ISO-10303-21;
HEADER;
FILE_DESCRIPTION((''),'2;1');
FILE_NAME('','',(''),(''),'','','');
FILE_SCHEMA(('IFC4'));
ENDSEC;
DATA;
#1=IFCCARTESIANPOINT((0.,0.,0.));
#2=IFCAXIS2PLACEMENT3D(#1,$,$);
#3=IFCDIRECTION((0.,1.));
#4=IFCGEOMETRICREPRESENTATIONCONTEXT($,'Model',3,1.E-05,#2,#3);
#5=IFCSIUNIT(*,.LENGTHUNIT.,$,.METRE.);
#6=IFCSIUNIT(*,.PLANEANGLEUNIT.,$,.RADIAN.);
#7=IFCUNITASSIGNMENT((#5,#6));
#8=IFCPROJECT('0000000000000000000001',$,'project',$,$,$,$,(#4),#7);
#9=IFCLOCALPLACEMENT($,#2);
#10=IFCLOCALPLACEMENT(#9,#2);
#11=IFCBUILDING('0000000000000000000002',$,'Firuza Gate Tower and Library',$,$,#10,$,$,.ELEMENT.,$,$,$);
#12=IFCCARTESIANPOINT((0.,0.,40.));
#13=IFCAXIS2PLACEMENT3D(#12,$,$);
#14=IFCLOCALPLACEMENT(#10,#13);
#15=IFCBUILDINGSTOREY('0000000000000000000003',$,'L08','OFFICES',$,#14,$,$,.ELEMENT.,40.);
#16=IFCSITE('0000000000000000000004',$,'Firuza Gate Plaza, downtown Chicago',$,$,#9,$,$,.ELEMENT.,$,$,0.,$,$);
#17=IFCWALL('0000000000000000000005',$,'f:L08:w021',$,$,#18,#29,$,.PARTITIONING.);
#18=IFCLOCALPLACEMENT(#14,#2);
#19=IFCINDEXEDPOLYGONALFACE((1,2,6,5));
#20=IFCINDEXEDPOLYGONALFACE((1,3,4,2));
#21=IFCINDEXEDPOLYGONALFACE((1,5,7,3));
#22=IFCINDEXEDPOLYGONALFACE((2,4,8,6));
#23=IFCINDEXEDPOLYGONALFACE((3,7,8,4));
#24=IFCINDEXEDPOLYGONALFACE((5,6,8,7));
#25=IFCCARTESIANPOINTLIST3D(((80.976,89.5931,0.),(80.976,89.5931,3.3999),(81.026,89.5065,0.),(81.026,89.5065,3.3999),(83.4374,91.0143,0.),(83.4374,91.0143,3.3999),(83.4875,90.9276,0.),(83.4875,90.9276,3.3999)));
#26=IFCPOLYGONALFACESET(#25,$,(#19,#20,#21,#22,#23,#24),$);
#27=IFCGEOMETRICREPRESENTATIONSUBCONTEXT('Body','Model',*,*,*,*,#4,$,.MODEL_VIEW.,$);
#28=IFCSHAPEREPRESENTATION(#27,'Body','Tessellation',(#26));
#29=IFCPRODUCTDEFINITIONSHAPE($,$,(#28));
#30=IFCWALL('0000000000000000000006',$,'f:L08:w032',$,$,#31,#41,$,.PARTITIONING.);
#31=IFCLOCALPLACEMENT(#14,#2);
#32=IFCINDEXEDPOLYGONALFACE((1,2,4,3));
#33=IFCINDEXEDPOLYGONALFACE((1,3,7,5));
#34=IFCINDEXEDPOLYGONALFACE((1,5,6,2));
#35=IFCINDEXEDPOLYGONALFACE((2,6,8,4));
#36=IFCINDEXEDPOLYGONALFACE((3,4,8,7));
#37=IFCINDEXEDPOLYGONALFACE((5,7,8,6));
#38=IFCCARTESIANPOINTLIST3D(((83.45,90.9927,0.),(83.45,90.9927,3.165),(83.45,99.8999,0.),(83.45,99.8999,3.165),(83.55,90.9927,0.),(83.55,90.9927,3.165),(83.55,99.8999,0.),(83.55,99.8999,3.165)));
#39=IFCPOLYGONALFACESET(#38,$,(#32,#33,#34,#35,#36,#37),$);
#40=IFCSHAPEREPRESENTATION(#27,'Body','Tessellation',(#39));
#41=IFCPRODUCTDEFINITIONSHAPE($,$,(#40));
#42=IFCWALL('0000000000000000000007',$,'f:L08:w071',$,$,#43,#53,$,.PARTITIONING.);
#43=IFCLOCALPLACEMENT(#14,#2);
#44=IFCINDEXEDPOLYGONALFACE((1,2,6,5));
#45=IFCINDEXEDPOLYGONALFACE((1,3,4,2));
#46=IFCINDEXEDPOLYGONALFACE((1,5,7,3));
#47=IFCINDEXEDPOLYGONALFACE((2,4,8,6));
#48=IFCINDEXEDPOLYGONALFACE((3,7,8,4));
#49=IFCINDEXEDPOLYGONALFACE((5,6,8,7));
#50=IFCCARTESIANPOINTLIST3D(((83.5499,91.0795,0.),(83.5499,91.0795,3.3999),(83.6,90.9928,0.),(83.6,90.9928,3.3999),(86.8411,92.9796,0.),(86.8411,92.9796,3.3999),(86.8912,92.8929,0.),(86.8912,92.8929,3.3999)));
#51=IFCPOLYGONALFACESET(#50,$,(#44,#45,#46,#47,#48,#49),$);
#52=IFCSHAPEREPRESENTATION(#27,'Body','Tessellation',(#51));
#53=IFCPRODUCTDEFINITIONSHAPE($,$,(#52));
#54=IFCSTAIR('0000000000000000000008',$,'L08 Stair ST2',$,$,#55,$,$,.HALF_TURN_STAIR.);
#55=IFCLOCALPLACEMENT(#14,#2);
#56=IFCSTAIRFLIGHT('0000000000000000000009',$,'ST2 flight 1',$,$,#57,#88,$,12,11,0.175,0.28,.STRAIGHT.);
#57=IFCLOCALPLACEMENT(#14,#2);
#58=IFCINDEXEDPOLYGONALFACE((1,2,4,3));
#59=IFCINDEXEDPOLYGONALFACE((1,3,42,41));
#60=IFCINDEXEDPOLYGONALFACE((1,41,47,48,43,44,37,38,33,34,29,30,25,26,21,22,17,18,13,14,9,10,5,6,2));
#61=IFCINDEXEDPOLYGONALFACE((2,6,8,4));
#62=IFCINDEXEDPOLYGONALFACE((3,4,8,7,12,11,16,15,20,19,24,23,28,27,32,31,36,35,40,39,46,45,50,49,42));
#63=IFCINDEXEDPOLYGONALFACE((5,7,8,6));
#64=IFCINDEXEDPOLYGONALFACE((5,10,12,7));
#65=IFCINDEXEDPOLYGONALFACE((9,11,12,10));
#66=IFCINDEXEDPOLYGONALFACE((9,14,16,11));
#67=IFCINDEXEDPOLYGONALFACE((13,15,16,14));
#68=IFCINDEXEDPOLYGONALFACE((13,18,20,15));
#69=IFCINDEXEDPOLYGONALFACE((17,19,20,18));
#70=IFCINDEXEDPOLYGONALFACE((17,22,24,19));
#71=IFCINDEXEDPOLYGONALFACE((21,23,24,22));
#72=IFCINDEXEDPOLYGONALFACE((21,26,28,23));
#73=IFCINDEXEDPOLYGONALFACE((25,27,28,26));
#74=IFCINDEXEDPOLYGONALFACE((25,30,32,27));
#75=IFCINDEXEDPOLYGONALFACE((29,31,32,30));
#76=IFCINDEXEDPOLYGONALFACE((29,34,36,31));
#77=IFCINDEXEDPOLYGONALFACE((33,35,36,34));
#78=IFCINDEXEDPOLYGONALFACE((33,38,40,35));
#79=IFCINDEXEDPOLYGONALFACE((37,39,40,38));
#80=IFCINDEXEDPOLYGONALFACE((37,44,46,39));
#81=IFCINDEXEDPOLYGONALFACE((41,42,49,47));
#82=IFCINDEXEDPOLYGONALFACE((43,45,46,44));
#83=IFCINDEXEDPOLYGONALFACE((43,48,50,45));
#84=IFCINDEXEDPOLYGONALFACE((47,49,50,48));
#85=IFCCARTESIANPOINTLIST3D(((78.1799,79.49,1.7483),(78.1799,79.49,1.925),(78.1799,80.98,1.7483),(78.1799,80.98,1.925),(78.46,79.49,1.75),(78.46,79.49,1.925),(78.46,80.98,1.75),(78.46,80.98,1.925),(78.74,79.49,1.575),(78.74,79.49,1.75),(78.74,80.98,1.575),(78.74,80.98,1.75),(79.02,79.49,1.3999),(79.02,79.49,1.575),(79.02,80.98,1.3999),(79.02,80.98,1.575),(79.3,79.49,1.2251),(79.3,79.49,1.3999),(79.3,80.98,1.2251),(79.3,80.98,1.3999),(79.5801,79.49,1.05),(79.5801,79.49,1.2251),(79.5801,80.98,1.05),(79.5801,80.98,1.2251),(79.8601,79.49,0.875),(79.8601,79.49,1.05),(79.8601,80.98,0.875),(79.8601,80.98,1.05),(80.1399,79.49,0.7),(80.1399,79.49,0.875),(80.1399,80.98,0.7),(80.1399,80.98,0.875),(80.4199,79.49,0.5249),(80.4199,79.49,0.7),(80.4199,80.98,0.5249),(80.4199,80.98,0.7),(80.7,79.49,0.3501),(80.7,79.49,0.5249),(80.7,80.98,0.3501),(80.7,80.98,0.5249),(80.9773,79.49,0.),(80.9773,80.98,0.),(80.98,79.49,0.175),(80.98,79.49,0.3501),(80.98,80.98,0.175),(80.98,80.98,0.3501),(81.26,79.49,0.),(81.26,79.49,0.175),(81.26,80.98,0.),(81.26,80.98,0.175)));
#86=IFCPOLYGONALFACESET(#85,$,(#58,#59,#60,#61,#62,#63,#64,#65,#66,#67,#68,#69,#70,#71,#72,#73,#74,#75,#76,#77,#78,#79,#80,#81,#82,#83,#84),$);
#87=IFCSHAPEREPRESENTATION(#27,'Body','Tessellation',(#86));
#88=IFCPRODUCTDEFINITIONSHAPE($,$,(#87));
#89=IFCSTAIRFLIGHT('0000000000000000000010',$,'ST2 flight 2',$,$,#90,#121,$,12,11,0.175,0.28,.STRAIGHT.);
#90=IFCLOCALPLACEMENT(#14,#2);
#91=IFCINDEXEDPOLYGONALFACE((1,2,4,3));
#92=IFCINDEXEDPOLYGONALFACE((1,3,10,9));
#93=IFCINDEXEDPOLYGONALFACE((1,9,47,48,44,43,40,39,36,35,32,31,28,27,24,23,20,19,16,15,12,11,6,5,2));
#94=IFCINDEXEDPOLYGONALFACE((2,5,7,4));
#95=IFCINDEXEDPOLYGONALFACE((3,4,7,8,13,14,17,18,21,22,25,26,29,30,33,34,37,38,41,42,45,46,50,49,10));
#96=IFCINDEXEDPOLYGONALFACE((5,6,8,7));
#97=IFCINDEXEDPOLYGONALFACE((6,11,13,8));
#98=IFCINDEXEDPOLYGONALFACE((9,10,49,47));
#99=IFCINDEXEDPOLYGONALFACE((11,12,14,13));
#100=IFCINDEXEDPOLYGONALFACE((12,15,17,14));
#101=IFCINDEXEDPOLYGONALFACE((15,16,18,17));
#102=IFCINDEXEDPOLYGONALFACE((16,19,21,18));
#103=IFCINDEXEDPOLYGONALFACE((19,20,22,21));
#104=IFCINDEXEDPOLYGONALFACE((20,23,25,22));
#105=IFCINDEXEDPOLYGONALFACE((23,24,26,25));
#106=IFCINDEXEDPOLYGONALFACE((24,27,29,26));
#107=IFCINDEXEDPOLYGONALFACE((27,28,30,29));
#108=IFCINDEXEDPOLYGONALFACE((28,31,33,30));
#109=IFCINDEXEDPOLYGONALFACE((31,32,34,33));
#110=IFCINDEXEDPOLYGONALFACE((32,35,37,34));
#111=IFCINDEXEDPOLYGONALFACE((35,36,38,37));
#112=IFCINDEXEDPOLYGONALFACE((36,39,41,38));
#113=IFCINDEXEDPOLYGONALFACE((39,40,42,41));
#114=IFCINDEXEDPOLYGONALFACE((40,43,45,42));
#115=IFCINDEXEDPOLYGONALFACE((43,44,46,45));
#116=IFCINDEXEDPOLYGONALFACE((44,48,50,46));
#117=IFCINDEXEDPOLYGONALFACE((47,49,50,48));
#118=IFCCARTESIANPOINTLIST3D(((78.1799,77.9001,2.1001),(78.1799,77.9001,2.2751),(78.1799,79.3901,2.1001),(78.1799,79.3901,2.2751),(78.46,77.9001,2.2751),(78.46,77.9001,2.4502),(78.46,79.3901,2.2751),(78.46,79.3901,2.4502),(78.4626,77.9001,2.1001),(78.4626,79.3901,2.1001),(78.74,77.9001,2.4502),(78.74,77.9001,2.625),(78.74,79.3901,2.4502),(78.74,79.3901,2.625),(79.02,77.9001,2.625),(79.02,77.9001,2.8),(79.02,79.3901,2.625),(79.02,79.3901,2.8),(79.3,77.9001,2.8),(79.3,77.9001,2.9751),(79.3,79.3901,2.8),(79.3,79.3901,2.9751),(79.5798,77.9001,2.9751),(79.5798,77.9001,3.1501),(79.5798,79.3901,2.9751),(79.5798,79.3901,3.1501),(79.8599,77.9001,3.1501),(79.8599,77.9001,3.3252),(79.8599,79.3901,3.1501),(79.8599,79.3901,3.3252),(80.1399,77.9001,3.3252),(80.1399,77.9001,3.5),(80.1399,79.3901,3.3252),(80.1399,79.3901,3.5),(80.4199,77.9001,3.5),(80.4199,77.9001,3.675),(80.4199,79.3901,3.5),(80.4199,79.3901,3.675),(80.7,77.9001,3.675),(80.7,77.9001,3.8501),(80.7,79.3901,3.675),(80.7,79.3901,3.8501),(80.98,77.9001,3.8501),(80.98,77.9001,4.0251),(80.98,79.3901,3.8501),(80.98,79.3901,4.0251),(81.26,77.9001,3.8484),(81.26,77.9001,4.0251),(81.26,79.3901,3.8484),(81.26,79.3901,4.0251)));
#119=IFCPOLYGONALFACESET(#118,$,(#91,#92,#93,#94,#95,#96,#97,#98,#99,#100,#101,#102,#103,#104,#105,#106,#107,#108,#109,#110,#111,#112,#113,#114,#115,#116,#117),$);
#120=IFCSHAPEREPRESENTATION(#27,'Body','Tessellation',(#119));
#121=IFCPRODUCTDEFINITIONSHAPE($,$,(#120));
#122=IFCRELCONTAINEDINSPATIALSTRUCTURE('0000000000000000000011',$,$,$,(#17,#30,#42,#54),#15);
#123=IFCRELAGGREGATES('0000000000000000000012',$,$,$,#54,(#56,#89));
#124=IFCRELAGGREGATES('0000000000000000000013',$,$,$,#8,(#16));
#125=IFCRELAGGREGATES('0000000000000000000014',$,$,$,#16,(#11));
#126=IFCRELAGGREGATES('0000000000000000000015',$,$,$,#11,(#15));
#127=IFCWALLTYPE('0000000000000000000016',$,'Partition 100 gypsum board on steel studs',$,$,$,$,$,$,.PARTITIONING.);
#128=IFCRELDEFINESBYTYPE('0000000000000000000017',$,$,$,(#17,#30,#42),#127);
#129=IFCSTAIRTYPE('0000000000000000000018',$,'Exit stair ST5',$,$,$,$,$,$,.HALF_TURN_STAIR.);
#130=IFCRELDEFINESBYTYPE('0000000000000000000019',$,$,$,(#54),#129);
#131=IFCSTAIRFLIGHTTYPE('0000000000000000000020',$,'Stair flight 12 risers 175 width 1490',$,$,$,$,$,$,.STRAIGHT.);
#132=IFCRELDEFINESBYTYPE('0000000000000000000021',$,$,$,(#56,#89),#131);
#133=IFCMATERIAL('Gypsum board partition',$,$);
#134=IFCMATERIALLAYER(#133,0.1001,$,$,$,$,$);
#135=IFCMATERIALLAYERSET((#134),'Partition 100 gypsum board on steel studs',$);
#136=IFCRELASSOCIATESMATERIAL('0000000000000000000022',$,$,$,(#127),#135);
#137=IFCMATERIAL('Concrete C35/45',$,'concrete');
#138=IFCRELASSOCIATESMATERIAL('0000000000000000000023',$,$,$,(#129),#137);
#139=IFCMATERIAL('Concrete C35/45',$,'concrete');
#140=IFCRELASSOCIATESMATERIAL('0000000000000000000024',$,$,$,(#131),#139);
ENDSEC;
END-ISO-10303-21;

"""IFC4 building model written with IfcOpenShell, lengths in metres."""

from ifc_helpers import new_model, si_unit, direction, frame, frame_2d, origin, place, context, subcontext, project, spatial, polyline, rectangle, outline, extrude, material, layer, layer_set, type_object, element, aggregate, save


model = new_model("IFC4")

# Units and contexts
model_context = context("Model", 3, precision=1e-05, world=origin(), true_north=direction((0.0, 1.0)))
body_context = subcontext(model_context, "Body", "Model", "MODEL_VIEW")
ifc_project = project(units=[si_unit("LENGTHUNIT", "METRE"), si_unit("PLANEANGLEUNIT", "RADIAN")], contexts=[model_context])

# Site, building, storey
site_placement = place(None, origin())
site = spatial("IfcSite", under=ifc_project, at=site_placement, Name="Firuza Gate Plaza, downtown Chicago", CompositionType="ELEMENT", RefElevation=0.0)
building_placement = place(site_placement, origin())
building = spatial("IfcBuilding", under=site, at=building_placement, Name="Firuza Gate Tower and Library", CompositionType="ELEMENT")
storey_placement = place(building_placement, frame((0.0, 0.0, 40.0)))
storey = spatial("IfcBuildingStorey", under=building, at=storey_placement, Name="L08", Description="OFFICES", CompositionType="ELEMENT", Elevation=40.0)

# Shared definitions
placement = place(storey_placement, origin())

# Walls
ifc_material_1 = material(Name="Gypsum board partition")
ifc_layer_1 = layer(ifc_material_1, 0.1001)
ifc_layer_set_1 = layer_set([ifc_layer_1], Name="Partition 100 gypsum board on steel studs")
wall_type_1 = type_object("IfcWallType", Name="Partition 100 gypsum board on steel studs", PredefinedType="PARTITIONING", material=ifc_layer_set_1)
wall_1_placement = place(storey_placement, frame((81.001, 89.5498, 0.0), z_axis=(0.0, 0.0, 1.0), x_axis=(0.86602, 0.50001, 0.0)))
element("IfcWall", 1, at=wall_1_placement, inside=storey, type_object=wall_type_1, Name="f:L08:w021", PredefinedType="PARTITIONING", context=body_context, shape_type="SweptSolid", body=[
    extrude(rectangle(XDim=2.8423, YDim=0.1001, at=frame_2d((1.4211, 0.0))), origin(), (0.0, 0.0, 1.0), 3.3999),
])
wall_2_placement = place(storey_placement, frame((83.5, 90.9927, 0.0), z_axis=(0.0, 0.0, 1.0), x_axis=(0.0, 1.0, 0.0)))
element("IfcWall", 2, at=wall_2_placement, inside=storey, type_object=wall_type_1, Name="f:L08:w032", PredefinedType="PARTITIONING", context=body_context, shape_type="SweptSolid", body=[
    extrude(rectangle(XDim=8.9072, YDim=0.1001, at=frame_2d((4.4536, 0.0))), origin(), (0.0, 0.0, 1.0), 3.165),
])
wall_3_placement = place(storey_placement, frame((83.575, 91.0361, 0.0), z_axis=(0.0, 0.0, 1.0), x_axis=(0.866033, 0.499988, 0.0)))
element("IfcWall", 3, at=wall_3_placement, inside=storey, type_object=wall_type_1, Name="f:L08:w071", PredefinedType="PARTITIONING", context=body_context, shape_type="SweptSolid", body=[
    extrude(rectangle(XDim=3.8003, YDim=0.1001, at=frame_2d((1.9001, 0.0))), origin(), (0.0, 0.0, 1.0), 3.3999),
])

# Stair, stair flights
ifc_material_2 = material(Name="Concrete C35/45", Category="concrete")
stair_type = type_object("IfcStairType", Name="Exit stair ST5", PredefinedType="HALF_TURN_STAIR", material=ifc_material_2)
stair = element("IfcStair", 4, at=placement, inside=storey, type_object=stair_type, Name="L08 Stair ST2", PredefinedType="HALF_TURN_STAIR")
ifc_material_3 = material(Name="Concrete C35/45", Category="concrete")
stair_flight_type = type_object("IfcStairFlightType", Name="Stair flight 12 risers 175 width 1490", PredefinedType="STRAIGHT", material=ifc_material_3)
stair_flight_1_placement = place(storey_placement, frame((81.26, 80.2351, 0.0), z_axis=(0.0, 0.0, 1.0), x_axis=(-1.0, 0.0, 0.0)))
stair_flight_1 = element("IfcStairFlight", 5, at=stair_flight_1_placement, type_object=stair_flight_type, Name="ST2 flight 1", NumberOfRisers=12, NumberOfTreads=11, PredefinedType="STRAIGHT", RiserHeight=0.175, TreadLength=0.28, context=body_context, shape_type="SweptSolid", body=[
    extrude(outline(polyline([(0.0, 0.0), (0.0, 0.175), (0.28, 0.175), (0.28, 0.3501), (0.5601, 0.3501), (0.5601, 0.5249), (0.8401, 0.5249), (0.8401, 0.7), (1.1201, 0.7), (1.1201, 0.875), (1.3999, 0.875), (1.3999, 1.05), (1.6799, 1.05), (1.6799, 1.2251), (1.96, 1.2251), (1.96, 1.3999), (2.24, 1.3999), (2.24, 1.575), (2.52, 1.575), (2.52, 1.75), (2.8, 1.75), (2.8, 1.925), (3.0801, 1.925), (3.0801, 2.1001), (3.0801, 1.7483), (0.2827, 0.0), (0.0, 0.0)])), frame((0.0, 0.7451, 0.0), z_axis=(0.0, -1.0, 0.0), x_axis=(1.0, 0.0, 0.0)), (0.0, 0.0, 1.0), 1.49),
])
stair_flight_2_placement = place(storey_placement, frame((78.1799, 78.645, 2.1001), z_axis=(0.0, 0.0, 1.0), x_axis=(1.0, 0.0, 0.0)))
stair_flight_2 = element("IfcStairFlight", 6, at=stair_flight_2_placement, type_object=stair_flight_type, Name="ST2 flight 2", NumberOfRisers=12, NumberOfTreads=11, PredefinedType="STRAIGHT", RiserHeight=0.175, TreadLength=0.28, context=body_context, shape_type="SweptSolid", body=[
    extrude(outline(polyline([(0.0, 0.0), (0.0, 0.175), (0.28, 0.175), (0.28, 0.3501), (0.5601, 0.3501), (0.5601, 0.5249), (0.8401, 0.5249), (0.8401, 0.7), (1.1201, 0.7), (1.1201, 0.875), (1.3999, 0.875), (1.3999, 1.05), (1.6799, 1.05), (1.6799, 1.2251), (1.96, 1.2251), (1.96, 1.3999), (2.24, 1.3999), (2.24, 1.575), (2.52, 1.575), (2.52, 1.75), (2.8, 1.75), (2.8, 1.925), (3.0801, 1.925), (3.0801, 2.1001), (3.0801, 1.7483), (0.2827, 0.0), (0.0, 0.0)])), frame((0.0, 0.7451, 0.0), z_axis=(0.0, -1.0, 0.0), x_axis=(1.0, 0.0, 0.0)), (0.0, 0.0, 1.0), 1.49),
])
aggregate(stair, [stair_flight_1, stair_flight_2])

save(model, "model.ifc")
